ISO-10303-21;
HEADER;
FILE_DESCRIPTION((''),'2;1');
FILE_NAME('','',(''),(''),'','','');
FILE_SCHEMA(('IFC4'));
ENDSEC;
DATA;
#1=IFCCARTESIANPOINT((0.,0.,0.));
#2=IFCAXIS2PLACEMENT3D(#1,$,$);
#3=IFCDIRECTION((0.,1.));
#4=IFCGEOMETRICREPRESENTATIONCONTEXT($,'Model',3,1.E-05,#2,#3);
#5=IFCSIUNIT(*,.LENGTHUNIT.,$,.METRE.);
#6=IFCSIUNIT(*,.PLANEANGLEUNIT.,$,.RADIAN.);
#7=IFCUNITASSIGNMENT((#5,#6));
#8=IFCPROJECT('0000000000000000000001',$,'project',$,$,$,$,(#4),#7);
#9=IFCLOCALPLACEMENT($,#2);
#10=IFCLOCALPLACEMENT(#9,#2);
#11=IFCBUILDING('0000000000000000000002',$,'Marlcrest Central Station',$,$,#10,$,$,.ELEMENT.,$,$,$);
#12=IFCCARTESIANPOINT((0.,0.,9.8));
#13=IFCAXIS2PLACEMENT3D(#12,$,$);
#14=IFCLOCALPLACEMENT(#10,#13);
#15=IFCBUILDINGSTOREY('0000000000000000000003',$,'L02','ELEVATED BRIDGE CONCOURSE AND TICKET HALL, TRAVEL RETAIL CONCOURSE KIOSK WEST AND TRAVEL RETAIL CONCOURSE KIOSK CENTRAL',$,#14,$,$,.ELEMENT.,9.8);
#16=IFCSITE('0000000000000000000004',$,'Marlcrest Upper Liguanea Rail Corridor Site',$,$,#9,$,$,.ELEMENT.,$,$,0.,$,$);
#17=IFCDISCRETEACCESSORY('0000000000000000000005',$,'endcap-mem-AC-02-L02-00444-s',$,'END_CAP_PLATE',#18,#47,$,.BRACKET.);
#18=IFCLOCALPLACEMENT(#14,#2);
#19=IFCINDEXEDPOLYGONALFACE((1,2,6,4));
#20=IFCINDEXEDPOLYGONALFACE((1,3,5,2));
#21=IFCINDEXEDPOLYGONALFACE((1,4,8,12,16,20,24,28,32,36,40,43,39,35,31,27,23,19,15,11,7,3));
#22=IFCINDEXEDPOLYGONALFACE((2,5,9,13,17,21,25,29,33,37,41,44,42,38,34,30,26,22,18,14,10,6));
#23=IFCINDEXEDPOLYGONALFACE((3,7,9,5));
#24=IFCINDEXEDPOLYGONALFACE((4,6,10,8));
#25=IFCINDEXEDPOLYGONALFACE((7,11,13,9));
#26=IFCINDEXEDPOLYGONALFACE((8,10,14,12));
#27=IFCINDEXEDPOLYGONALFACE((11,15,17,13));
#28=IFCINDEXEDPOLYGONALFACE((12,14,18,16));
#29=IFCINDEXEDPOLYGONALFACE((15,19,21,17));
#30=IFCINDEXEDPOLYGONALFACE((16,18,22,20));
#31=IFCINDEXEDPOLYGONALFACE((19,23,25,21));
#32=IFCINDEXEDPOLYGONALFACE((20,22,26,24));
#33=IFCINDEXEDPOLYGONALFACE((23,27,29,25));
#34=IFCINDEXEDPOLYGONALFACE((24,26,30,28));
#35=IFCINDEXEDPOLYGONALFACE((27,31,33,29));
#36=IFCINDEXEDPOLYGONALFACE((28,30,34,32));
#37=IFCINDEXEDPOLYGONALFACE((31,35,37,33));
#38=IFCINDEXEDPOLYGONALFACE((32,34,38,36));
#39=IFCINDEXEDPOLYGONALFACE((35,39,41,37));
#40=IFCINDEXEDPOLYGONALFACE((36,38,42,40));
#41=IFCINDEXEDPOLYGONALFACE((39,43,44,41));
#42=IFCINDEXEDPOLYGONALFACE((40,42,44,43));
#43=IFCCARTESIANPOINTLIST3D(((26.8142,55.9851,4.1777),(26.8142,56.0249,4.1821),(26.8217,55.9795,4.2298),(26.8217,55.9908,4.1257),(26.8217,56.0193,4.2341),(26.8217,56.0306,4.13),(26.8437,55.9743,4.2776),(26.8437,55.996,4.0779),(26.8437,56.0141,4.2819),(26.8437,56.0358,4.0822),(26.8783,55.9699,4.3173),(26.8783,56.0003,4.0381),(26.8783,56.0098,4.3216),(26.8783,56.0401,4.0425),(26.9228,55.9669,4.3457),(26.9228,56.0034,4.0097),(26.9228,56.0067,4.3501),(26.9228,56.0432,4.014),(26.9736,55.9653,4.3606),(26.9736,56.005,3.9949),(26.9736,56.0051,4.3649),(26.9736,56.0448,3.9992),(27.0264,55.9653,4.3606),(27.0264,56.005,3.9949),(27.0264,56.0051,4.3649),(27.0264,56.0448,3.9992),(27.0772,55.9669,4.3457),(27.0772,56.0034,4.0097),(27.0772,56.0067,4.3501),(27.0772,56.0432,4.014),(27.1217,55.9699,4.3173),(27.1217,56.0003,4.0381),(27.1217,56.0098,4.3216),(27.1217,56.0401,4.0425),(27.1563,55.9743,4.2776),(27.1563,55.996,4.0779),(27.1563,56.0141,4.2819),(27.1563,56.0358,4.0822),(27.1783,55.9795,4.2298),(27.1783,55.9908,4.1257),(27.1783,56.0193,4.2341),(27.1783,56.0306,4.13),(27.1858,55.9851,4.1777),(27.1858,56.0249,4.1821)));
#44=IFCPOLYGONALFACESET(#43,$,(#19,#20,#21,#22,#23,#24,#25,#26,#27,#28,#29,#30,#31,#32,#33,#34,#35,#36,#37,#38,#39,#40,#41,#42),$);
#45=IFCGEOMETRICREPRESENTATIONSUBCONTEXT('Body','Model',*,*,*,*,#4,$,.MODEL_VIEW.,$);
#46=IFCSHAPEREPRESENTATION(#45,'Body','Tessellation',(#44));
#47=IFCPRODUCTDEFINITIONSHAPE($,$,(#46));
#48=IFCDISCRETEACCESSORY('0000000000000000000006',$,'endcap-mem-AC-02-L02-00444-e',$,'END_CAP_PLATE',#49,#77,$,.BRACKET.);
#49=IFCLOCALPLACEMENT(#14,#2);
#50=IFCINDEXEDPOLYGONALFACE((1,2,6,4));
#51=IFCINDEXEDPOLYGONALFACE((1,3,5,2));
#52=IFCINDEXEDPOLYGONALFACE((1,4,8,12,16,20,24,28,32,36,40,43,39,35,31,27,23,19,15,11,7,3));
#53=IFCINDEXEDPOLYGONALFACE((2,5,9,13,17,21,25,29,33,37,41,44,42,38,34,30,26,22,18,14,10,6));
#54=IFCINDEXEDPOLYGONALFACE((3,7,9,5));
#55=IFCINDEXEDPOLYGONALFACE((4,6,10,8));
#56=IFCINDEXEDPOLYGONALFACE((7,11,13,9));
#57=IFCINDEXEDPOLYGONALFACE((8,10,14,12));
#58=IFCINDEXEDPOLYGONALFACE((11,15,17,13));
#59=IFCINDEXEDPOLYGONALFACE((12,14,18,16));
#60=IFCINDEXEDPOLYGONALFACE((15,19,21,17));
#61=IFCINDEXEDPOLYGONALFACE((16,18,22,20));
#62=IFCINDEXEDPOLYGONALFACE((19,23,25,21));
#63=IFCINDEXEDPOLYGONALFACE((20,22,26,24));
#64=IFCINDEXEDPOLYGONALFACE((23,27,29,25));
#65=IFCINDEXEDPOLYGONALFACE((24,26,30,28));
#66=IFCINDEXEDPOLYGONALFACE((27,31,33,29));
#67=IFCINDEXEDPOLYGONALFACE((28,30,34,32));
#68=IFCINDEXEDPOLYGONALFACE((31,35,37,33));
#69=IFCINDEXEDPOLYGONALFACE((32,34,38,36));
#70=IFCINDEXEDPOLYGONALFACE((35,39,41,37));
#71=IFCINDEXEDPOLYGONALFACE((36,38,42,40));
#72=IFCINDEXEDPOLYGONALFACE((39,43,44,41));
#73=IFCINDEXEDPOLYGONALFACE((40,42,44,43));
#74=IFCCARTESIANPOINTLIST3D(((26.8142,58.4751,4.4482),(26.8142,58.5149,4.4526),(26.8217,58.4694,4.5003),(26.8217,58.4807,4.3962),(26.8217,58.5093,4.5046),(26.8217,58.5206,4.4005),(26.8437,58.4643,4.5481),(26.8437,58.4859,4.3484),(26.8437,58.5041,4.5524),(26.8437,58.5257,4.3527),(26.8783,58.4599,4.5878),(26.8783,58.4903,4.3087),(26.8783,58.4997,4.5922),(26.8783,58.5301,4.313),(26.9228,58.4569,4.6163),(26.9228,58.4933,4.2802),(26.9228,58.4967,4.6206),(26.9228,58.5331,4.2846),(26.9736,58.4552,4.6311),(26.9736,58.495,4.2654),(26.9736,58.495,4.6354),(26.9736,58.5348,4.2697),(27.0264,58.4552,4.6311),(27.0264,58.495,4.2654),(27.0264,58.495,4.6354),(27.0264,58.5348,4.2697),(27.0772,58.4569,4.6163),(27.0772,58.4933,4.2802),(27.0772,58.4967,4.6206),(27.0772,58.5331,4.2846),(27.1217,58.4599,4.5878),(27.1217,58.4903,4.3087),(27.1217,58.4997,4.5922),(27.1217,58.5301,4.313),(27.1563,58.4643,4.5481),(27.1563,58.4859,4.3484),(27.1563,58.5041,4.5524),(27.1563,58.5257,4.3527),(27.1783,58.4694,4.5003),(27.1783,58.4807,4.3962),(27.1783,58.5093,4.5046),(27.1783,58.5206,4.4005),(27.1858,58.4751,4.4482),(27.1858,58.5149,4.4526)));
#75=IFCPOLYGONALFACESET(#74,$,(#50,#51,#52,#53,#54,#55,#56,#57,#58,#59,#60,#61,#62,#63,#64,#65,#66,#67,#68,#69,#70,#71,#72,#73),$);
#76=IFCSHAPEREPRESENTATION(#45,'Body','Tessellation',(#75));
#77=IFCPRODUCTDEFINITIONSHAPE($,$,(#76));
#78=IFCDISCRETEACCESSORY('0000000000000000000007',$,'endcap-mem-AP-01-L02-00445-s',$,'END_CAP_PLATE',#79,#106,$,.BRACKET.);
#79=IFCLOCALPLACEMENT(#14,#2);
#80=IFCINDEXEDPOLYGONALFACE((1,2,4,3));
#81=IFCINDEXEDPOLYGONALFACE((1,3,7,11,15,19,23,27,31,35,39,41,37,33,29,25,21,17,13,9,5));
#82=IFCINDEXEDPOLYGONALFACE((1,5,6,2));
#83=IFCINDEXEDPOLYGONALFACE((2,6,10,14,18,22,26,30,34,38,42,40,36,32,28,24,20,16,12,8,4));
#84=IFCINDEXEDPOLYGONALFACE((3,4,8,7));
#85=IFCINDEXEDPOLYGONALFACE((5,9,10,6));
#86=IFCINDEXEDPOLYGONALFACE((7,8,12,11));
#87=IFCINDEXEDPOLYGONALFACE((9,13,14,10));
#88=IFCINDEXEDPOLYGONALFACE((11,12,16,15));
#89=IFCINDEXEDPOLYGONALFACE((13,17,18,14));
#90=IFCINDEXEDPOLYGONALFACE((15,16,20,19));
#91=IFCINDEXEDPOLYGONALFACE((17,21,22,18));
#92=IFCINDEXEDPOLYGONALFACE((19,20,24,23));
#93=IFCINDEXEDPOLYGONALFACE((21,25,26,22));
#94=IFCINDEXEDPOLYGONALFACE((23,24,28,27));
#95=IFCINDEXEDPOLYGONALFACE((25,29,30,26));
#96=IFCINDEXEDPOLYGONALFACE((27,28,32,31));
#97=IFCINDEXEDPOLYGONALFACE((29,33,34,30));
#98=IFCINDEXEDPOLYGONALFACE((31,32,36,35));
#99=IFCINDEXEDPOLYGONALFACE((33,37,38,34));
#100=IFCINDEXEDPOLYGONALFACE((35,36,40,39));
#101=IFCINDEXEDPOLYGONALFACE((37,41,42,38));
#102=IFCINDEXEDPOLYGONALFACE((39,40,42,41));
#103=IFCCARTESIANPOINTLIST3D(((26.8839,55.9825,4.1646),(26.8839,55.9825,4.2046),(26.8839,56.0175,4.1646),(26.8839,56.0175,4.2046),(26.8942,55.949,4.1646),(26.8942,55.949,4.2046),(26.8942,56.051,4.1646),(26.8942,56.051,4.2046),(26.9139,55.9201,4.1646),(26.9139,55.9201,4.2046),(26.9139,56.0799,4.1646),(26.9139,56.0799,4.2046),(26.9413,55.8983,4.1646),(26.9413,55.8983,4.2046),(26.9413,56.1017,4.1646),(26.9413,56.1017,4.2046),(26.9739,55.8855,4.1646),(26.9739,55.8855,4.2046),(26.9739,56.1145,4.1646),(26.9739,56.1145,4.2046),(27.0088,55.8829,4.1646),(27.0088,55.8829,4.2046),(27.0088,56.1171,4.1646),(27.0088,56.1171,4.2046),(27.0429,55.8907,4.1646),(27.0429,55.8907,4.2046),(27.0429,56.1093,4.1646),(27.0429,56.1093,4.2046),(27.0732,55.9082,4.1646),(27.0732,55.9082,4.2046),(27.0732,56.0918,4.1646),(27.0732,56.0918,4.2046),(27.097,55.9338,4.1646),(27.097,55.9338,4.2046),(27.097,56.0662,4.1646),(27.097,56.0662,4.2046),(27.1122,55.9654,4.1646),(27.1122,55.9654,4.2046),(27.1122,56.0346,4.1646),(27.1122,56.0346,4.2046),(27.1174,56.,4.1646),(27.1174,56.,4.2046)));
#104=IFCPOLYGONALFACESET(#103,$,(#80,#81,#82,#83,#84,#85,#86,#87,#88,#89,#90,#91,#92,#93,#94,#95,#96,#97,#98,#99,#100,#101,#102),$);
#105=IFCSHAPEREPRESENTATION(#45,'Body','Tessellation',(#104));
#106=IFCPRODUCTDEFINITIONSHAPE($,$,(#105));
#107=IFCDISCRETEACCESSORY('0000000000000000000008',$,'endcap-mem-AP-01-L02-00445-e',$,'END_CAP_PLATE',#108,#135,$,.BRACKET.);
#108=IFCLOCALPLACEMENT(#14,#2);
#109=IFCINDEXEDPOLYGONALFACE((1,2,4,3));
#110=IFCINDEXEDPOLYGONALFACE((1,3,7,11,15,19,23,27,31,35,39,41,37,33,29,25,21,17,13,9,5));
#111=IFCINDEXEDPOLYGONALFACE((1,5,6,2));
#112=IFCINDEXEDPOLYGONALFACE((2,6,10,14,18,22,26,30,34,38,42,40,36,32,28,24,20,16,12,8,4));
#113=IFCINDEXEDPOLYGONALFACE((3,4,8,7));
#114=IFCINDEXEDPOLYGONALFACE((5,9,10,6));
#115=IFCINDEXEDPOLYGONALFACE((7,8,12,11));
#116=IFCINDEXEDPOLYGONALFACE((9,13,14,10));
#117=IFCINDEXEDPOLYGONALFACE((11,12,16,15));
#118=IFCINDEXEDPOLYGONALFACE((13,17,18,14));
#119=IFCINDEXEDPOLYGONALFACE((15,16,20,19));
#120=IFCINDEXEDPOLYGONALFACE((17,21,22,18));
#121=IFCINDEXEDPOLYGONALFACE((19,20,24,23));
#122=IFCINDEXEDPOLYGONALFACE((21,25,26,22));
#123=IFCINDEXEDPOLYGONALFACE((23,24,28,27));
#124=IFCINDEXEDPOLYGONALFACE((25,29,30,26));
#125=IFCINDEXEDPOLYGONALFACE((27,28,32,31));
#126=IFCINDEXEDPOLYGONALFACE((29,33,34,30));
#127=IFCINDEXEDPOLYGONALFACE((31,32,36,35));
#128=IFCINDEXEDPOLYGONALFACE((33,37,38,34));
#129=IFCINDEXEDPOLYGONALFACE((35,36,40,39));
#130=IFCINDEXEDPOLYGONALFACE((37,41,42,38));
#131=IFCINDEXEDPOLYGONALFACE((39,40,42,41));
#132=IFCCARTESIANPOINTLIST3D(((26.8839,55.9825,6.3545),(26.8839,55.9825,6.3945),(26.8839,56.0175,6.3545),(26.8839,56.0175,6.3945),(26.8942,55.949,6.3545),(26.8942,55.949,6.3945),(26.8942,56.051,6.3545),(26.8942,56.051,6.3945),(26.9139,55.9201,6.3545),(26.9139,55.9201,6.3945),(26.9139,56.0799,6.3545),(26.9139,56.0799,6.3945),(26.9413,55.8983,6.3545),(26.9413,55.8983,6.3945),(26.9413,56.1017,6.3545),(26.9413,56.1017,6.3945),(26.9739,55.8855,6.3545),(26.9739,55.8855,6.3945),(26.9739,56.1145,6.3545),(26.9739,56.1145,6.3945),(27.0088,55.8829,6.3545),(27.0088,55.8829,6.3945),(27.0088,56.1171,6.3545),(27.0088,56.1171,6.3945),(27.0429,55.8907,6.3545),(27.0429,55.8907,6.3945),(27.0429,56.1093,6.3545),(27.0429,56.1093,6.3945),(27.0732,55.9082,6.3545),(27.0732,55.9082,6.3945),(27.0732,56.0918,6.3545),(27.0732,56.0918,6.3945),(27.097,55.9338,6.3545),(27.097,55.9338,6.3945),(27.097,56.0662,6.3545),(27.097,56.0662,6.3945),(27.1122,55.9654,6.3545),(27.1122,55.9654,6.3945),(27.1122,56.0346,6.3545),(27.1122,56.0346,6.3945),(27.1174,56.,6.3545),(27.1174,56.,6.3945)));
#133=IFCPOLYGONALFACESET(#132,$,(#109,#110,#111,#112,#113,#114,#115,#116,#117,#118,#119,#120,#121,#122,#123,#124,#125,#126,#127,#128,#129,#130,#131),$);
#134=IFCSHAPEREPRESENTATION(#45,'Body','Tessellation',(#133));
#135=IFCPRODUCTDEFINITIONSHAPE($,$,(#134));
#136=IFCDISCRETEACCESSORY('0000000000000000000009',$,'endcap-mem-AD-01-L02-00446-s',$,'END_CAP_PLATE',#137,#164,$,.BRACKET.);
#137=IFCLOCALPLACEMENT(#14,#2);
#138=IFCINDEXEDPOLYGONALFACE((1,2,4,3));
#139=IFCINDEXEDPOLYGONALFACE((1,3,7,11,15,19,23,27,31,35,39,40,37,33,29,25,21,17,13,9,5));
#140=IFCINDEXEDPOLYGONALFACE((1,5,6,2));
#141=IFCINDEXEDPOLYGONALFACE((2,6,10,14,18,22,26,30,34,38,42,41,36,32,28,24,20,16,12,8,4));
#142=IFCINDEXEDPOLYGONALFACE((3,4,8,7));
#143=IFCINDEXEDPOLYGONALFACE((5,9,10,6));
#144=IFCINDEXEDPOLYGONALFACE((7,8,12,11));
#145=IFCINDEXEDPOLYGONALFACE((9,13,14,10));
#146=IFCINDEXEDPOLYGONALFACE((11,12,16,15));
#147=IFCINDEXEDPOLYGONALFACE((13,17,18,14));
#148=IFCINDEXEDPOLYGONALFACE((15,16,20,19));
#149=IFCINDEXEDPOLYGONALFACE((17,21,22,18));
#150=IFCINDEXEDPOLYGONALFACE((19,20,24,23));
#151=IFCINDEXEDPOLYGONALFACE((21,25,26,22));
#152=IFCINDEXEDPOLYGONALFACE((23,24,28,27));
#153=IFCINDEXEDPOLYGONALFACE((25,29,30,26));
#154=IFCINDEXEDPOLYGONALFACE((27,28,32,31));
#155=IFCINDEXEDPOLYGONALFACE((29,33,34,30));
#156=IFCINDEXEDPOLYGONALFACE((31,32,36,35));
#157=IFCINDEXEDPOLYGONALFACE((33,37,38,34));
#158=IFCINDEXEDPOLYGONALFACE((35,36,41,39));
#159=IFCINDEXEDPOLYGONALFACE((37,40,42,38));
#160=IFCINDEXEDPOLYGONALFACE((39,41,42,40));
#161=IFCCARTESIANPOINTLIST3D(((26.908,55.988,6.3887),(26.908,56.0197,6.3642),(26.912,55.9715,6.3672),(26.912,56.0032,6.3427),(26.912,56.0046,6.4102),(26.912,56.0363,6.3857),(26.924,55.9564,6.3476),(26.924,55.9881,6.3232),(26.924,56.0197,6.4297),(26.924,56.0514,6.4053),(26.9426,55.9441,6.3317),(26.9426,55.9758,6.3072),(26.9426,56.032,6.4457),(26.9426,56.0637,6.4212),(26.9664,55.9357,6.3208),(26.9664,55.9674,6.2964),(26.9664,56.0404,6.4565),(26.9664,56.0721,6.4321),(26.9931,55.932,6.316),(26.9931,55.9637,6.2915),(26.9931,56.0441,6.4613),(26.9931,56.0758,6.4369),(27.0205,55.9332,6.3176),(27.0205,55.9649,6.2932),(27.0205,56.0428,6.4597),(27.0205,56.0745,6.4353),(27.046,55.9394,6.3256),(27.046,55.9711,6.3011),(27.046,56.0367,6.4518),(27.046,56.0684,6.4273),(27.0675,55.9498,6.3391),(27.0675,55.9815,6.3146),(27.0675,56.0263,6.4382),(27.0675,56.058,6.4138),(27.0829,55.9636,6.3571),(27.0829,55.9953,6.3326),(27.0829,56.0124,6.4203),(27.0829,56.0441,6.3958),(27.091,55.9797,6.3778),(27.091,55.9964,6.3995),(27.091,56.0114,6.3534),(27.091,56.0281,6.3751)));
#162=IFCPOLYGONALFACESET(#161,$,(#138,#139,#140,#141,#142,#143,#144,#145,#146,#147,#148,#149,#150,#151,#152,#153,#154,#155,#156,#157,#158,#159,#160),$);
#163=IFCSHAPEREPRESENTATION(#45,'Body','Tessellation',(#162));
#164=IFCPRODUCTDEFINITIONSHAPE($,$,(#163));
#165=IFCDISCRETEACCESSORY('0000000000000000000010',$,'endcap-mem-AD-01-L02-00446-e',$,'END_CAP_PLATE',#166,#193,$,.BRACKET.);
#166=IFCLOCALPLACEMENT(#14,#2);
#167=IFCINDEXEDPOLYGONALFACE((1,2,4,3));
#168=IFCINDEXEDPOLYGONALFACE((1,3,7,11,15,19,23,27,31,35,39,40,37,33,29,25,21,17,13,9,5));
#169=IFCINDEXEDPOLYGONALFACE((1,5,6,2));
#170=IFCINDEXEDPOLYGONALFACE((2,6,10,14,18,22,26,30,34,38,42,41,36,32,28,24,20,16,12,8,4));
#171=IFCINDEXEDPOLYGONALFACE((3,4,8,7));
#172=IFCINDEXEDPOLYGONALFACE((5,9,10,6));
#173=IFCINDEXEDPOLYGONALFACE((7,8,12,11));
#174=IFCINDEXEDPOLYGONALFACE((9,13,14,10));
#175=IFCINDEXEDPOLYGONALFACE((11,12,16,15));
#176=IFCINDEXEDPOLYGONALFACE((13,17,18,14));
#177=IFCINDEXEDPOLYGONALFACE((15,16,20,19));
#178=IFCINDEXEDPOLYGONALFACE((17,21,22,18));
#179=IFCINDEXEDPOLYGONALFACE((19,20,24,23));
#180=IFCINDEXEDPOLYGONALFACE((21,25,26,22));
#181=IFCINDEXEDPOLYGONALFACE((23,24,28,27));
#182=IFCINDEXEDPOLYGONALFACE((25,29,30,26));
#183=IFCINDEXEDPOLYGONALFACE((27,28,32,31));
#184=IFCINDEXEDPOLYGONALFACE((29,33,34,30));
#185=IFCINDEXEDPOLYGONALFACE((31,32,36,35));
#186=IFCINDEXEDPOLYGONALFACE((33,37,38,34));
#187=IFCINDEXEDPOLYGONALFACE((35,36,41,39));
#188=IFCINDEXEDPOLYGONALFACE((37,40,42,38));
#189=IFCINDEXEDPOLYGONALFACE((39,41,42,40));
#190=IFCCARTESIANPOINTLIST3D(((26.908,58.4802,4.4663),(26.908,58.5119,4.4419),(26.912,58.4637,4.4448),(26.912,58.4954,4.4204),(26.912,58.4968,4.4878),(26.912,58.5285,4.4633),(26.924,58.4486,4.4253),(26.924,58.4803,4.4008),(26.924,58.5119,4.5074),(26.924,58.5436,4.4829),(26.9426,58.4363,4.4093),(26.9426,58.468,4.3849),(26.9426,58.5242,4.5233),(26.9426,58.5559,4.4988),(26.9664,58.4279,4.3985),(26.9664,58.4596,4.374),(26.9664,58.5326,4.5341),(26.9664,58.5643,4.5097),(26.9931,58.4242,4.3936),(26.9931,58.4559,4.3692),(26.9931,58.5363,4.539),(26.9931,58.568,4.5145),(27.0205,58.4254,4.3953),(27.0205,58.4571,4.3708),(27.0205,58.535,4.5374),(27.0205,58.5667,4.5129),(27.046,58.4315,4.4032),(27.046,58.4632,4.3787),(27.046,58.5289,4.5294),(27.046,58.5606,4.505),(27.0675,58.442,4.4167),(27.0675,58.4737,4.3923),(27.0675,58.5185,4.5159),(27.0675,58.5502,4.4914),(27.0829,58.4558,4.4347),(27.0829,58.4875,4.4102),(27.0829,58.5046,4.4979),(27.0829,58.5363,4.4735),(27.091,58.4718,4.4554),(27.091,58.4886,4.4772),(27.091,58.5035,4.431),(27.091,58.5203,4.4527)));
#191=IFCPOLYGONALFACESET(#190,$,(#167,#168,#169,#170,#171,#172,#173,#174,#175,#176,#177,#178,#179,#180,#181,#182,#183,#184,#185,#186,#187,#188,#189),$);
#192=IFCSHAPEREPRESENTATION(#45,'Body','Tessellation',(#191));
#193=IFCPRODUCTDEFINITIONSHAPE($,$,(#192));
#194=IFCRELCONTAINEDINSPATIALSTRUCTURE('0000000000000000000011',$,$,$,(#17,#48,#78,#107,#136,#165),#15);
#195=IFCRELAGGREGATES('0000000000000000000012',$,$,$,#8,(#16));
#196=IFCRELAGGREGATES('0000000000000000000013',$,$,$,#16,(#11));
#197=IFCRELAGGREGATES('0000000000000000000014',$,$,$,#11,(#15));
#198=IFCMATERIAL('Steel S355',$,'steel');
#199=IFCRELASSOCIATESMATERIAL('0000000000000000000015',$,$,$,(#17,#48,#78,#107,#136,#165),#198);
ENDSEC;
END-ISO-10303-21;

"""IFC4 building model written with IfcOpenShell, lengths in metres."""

from ifc_helpers import new_model, si_unit, direction, frame, origin, origin_2d, place, context, subcontext, project, spatial, circle, extrude, material, element, save


model = new_model("IFC4")

# Units and contexts
model_context = context("Model", 3, precision=1e-05, world=origin(), true_north=direction((0.0, 1.0)))
body_context = subcontext(model_context, "Body", "Model", "MODEL_VIEW")
ifc_project = project(units=[si_unit("LENGTHUNIT", "METRE"), si_unit("PLANEANGLEUNIT", "RADIAN")], contexts=[model_context])

# Site, building, storey
site_placement = place(None, origin())
site = spatial("IfcSite", under=ifc_project, at=site_placement, Name="Marlcrest Upper Liguanea Rail Corridor Site", CompositionType="ELEMENT", RefElevation=0.0)
building_placement = place(site_placement, origin())
building = spatial("IfcBuilding", under=site, at=building_placement, Name="Marlcrest Central Station", CompositionType="ELEMENT")
storey_placement = place(building_placement, frame((0.0, 0.0, 9.8)))
storey = spatial("IfcBuildingStorey", under=building, at=storey_placement, Name="L02", Description="ELEVATED BRIDGE CONCOURSE AND TICKET HALL, TRAVEL RETAIL CONCOURSE KIOSK WEST AND TRAVEL RETAIL CONCOURSE KIOSK CENTRAL", CompositionType="ELEMENT", Elevation=9.8)

# Shared definitions
ifc_material = material(Name="Steel S355", Category="steel")

# Discrete accessories
for number, where, z_axis, x_axis, name in (
    (1, (27.0, 55.9851, 4.1777), (0.0, 0.994155, 0.107959), (-1.0, 0.0, 0.0), "endcap-mem-AC-02-L02-00444-s"),
    (2, (27.0, 58.4751, 4.4482), (0.0, 0.994155, 0.107959), (-1.0, 0.0, 0.0), "endcap-mem-AC-02-L02-00444-e"),
):
    element("IfcDiscreteAccessory", number, at=place(storey_placement, frame(where, z_axis=z_axis, x_axis=x_axis)), inside=storey, material=ifc_material, Name=name, ObjectType="END_CAP_PLATE", PredefinedType="BRACKET", context=body_context, shape_type="SweptSolid", body=[
        extrude(circle(Radius=0.1858, at=origin_2d()), origin(), (0.0, 0.0, 1.0), 0.04),
    ])
for number, where, z_axis, x_axis, name in (
    (3, (27.0, 56.0, 4.1646), (0.0, 0.0, 1.0), (1.0, 0.0, 0.0), "endcap-mem-AP-01-L02-00445-s"),
    (4, (27.0, 56.0, 6.3545), (0.0, 0.0, 1.0), (1.0, 0.0, 0.0), "endcap-mem-AP-01-L02-00445-e"),
):
    element("IfcDiscreteAccessory", number, at=place(storey_placement, frame(where, z_axis=z_axis, x_axis=x_axis)), inside=storey, material=ifc_material, Name=name, ObjectType="END_CAP_PLATE", PredefinedType="BRACKET", context=body_context, shape_type="SweptSolid", body=[
        extrude(circle(Radius=0.1174, at=origin_2d()), origin(), (0.0, 0.0, 1.0), 0.04),
    ])
for number, where, z_axis, x_axis, name in (
    (5, (27.0, 55.988, 6.3887), (0.0, 0.791798, -0.610783), (-1.0, 0.0, 0.0), "endcap-mem-AD-01-L02-00446-s"),
    (6, (27.0, 58.4802, 4.4663), (0.0, 0.791798, -0.610783), (-1.0, 0.0, 0.0), "endcap-mem-AD-01-L02-00446-e"),
):
    element("IfcDiscreteAccessory", number, at=place(storey_placement, frame(where, z_axis=z_axis, x_axis=x_axis)), inside=storey, material=ifc_material, Name=name, ObjectType="END_CAP_PLATE", PredefinedType="BRACKET", context=body_context, shape_type="SweptSolid", body=[
        extrude(circle(Radius=0.092, at=origin_2d()), origin(), (0.0, 0.0, 1.0), 0.04),
    ])

save(model, "model.ifc")
